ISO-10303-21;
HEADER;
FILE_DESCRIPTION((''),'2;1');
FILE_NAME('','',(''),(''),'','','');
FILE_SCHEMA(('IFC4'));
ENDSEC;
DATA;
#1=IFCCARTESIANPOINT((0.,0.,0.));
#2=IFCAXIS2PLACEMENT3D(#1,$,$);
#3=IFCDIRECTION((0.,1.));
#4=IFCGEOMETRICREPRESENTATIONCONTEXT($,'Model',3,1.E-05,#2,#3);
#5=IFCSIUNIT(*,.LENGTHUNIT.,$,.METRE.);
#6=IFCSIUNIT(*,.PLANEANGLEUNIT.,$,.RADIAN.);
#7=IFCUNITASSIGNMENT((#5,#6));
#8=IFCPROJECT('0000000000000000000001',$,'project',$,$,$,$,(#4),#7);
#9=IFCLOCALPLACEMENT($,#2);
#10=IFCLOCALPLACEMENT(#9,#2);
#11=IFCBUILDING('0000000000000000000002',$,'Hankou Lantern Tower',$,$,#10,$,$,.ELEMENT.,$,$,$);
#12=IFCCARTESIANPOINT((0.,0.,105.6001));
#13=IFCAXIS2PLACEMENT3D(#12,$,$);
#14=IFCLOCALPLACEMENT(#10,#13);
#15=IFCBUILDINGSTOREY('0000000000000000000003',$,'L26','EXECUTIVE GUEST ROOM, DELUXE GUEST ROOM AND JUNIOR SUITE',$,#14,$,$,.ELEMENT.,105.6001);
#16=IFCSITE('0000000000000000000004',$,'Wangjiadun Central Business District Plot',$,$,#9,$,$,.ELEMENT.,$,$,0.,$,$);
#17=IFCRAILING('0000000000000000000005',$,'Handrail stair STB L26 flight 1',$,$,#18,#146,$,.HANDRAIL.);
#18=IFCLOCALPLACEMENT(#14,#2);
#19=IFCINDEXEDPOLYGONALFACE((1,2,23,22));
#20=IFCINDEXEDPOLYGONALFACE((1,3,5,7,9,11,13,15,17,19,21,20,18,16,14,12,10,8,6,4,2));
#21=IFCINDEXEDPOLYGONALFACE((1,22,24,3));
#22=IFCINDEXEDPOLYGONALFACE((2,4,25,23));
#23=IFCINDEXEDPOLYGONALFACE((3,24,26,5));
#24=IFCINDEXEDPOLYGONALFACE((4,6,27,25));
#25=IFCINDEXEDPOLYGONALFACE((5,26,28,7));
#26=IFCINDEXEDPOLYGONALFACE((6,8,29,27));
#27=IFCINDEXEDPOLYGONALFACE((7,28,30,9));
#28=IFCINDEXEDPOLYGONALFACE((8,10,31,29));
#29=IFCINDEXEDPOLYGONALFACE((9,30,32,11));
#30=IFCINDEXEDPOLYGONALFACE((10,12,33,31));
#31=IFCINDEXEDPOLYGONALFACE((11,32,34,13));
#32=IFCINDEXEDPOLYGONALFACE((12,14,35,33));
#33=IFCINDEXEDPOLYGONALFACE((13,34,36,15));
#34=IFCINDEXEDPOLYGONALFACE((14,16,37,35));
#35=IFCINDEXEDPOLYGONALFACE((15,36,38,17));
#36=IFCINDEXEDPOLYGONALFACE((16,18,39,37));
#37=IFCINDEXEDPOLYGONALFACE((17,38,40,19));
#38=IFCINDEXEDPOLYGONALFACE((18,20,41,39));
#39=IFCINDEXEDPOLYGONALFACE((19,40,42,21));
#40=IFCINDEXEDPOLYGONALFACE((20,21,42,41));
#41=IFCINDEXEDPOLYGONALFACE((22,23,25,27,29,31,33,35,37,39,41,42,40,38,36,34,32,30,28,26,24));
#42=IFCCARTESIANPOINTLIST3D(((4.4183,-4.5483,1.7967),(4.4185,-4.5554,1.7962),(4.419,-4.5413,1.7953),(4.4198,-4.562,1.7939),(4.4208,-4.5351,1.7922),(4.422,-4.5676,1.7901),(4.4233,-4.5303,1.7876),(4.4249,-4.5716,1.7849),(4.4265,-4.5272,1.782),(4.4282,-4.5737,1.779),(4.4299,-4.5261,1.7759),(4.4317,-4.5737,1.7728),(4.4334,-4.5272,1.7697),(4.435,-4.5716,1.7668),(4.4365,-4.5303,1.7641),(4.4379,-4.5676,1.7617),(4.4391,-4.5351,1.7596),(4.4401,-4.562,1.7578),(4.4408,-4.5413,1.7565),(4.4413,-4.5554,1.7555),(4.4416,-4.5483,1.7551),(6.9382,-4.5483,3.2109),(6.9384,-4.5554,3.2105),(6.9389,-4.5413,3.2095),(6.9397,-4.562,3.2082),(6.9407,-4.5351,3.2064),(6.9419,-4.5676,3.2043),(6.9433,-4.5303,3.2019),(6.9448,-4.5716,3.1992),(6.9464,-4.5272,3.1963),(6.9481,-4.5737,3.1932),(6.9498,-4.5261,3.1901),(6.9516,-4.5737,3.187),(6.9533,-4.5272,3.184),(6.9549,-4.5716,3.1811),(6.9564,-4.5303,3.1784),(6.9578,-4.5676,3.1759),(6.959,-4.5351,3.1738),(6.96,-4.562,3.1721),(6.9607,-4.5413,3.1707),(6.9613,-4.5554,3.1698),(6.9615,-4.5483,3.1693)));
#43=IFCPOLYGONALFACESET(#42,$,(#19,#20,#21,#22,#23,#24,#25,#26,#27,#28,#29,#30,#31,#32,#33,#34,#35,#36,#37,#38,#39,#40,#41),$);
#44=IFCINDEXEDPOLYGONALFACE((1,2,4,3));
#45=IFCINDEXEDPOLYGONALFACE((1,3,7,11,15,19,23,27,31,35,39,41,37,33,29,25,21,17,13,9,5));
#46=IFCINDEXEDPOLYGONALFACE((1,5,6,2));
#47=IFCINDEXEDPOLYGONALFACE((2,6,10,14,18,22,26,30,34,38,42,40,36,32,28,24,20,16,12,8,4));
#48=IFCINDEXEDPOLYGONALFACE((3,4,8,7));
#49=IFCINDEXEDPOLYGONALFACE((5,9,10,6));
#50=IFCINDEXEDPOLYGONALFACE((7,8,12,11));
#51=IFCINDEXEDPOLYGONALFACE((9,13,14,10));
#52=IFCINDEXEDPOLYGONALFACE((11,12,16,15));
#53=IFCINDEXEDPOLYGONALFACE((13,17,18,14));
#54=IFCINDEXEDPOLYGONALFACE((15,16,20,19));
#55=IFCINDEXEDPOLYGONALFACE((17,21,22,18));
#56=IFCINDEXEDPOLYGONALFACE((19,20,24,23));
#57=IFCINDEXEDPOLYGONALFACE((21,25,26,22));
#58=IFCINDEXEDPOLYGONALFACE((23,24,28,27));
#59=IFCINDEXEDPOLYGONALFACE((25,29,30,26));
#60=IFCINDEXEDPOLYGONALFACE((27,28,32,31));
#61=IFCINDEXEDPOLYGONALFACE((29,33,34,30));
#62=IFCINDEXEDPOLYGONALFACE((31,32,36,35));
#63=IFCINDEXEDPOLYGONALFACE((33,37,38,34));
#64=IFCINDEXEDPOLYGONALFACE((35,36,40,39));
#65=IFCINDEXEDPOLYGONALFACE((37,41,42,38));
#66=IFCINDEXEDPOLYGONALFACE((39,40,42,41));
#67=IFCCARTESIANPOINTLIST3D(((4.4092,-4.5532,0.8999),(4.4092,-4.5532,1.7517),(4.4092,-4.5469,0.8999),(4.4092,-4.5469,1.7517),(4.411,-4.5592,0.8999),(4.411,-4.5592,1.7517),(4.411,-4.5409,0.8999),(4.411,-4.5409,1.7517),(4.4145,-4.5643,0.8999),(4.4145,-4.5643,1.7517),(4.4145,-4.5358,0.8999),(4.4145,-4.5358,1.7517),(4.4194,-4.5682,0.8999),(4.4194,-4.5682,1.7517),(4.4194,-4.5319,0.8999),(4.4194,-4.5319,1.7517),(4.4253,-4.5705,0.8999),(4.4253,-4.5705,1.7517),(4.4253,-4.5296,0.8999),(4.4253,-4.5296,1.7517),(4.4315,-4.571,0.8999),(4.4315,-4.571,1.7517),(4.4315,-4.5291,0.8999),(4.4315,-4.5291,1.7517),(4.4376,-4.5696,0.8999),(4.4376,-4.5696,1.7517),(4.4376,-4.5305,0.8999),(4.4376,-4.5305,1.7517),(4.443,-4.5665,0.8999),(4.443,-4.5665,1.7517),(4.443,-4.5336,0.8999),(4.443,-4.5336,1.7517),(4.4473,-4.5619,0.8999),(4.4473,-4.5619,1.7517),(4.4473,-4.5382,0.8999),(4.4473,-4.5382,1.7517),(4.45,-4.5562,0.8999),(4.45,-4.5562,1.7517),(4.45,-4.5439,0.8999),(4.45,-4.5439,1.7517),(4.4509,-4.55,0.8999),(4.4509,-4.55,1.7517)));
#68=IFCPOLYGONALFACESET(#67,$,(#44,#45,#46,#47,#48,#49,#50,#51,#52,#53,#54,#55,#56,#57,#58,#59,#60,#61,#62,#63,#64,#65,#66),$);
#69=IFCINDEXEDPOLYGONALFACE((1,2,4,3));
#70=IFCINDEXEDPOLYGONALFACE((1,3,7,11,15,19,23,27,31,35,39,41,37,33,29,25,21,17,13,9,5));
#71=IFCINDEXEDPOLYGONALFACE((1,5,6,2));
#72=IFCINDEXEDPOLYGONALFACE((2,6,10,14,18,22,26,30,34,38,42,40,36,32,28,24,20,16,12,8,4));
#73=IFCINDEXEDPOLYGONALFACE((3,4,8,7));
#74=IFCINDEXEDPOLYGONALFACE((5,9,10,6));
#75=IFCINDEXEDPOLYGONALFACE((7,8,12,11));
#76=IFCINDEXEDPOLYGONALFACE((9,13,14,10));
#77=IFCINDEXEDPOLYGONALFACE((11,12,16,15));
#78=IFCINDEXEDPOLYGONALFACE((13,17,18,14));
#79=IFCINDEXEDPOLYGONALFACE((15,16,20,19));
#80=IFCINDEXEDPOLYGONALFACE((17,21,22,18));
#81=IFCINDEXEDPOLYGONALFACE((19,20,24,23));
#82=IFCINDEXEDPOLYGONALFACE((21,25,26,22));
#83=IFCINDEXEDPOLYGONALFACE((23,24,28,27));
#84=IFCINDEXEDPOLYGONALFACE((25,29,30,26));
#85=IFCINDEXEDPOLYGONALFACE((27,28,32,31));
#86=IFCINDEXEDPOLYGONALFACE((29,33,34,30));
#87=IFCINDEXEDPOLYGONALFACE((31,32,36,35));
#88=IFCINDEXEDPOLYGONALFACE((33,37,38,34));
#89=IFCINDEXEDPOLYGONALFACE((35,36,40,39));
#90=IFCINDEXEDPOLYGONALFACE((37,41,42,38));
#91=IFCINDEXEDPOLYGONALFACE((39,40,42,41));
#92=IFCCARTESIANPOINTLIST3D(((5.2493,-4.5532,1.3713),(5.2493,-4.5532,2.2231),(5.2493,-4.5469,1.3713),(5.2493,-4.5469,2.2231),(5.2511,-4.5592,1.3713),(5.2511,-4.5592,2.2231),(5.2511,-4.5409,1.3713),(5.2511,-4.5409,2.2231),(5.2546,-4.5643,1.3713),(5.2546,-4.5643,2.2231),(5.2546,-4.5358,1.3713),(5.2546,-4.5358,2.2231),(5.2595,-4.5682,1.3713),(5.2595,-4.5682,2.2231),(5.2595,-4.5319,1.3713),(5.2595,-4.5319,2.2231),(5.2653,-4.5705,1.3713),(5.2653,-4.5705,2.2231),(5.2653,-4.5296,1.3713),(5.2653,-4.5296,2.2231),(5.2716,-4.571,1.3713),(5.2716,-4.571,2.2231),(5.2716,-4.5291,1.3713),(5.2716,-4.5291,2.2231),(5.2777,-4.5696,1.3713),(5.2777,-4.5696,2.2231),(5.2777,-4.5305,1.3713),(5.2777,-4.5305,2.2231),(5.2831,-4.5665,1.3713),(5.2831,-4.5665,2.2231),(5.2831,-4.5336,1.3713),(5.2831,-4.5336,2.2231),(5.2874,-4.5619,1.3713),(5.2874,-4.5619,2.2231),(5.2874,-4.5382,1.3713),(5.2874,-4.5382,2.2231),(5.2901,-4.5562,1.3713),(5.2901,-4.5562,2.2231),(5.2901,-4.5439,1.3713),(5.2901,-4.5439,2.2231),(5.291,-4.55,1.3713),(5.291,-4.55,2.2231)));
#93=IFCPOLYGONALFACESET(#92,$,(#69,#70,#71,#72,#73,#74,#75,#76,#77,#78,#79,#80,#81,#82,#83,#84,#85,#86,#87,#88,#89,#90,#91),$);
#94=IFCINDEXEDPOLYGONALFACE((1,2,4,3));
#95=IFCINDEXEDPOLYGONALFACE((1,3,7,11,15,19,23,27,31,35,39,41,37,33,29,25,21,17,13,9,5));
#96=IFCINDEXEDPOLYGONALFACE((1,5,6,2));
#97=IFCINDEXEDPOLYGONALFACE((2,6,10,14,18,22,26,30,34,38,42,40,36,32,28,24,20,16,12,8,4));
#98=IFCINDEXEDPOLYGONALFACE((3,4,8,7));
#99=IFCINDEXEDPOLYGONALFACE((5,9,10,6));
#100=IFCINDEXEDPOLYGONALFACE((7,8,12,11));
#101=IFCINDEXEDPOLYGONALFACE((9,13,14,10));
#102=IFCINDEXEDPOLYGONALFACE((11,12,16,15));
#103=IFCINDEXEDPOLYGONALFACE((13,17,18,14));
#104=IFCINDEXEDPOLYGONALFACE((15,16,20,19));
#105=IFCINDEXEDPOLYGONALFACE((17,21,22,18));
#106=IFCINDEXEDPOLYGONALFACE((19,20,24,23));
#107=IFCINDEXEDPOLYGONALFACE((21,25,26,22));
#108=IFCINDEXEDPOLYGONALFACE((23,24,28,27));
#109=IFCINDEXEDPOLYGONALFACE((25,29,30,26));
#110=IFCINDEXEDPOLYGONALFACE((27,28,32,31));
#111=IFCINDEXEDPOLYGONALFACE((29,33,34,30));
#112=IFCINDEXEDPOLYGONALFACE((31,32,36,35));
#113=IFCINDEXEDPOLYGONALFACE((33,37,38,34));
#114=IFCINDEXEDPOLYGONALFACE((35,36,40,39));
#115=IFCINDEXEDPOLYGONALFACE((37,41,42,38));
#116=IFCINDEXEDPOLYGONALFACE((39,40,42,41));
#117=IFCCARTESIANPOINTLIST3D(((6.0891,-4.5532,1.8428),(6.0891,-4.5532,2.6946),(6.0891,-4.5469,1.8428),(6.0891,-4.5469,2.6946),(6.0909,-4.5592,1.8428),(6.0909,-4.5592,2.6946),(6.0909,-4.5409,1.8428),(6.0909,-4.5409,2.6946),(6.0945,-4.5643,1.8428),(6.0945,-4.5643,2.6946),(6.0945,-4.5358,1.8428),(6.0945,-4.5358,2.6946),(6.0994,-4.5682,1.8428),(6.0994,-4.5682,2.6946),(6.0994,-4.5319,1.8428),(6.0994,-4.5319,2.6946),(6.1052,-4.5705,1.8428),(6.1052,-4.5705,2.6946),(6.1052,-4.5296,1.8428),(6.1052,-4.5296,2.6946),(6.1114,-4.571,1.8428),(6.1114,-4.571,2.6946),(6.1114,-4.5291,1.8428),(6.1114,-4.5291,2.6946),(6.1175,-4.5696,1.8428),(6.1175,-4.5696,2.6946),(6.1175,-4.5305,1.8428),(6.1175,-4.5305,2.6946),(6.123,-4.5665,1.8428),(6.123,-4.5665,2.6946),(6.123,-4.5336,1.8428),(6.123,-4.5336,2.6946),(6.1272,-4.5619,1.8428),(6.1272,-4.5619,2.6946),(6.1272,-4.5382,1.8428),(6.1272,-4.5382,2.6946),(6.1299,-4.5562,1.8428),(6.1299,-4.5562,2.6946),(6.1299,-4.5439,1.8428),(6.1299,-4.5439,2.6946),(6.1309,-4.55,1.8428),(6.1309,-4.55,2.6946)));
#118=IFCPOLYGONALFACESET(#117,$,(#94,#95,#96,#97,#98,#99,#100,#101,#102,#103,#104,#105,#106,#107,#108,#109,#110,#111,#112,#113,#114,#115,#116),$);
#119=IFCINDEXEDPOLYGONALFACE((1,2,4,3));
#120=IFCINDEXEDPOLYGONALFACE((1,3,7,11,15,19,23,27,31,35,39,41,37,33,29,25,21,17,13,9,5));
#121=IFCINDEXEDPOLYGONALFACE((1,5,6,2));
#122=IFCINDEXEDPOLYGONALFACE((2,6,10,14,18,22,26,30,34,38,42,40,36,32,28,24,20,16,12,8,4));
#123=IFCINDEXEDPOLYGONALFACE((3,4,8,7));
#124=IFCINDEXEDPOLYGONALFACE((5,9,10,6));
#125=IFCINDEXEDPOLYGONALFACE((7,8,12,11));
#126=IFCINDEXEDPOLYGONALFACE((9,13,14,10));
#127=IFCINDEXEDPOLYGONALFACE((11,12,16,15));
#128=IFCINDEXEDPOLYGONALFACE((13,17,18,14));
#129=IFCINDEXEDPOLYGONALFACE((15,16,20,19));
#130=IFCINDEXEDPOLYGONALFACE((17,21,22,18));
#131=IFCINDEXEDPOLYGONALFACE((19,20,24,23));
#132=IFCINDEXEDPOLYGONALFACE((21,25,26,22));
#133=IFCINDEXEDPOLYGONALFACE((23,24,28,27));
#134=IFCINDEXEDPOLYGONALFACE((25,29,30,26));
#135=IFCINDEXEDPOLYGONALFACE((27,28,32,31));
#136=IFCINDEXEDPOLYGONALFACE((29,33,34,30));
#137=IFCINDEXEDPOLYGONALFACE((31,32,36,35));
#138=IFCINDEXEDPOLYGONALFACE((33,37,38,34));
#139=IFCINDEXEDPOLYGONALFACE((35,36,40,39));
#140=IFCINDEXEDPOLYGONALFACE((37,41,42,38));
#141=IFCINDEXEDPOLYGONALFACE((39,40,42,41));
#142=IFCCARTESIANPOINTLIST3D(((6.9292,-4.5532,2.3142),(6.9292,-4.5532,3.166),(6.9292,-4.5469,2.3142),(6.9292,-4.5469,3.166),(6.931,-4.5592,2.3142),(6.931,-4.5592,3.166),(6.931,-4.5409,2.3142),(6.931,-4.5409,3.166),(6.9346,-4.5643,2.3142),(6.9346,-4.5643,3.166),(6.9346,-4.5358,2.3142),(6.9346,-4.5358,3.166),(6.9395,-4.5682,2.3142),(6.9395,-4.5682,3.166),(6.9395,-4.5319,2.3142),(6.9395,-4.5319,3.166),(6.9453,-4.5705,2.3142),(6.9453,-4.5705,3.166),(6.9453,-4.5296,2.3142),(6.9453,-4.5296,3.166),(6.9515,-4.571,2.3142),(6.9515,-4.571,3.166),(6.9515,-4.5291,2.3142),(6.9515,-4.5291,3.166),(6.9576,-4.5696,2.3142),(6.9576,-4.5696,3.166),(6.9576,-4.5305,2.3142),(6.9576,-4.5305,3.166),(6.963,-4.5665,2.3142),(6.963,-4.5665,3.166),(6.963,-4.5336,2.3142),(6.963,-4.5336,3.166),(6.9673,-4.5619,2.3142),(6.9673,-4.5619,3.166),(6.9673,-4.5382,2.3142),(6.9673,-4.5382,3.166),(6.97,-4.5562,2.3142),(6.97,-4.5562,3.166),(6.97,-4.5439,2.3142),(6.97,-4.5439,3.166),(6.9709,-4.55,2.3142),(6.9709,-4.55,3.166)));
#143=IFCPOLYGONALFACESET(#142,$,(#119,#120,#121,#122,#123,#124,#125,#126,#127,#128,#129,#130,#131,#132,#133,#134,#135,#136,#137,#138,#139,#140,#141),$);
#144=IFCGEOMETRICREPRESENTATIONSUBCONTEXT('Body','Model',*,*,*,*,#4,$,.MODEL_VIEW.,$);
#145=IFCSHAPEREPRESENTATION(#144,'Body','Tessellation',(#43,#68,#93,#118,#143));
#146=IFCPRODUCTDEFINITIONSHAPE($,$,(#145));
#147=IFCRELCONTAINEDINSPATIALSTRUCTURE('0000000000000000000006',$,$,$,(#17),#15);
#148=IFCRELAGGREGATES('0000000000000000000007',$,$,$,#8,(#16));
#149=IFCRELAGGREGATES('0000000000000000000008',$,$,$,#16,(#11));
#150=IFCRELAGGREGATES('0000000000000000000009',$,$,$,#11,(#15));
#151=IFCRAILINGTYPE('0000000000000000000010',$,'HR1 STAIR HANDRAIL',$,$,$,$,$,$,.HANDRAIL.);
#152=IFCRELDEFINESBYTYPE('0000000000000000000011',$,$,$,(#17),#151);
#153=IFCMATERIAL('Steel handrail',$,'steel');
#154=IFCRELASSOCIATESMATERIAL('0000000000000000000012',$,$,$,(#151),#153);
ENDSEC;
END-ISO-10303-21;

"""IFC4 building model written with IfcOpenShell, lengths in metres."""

from ifc_helpers import new_model, si_unit, direction, frame, origin, origin_2d, place, context, subcontext, project, spatial, circle, extrude, material, type_object, element, save


model = new_model("IFC4")

# Units and contexts
model_context = context("Model", 3, precision=1e-05, world=origin(), true_north=direction((0.0, 1.0)))
body_context = subcontext(model_context, "Body", "Model", "MODEL_VIEW")
ifc_project = project(units=[si_unit("LENGTHUNIT", "METRE"), si_unit("PLANEANGLEUNIT", "RADIAN")], contexts=[model_context])

# Site, building, storey
site_placement = place(None, origin())
site = spatial("IfcSite", under=ifc_project, at=site_placement, Name="Wangjiadun Central Business District Plot", CompositionType="ELEMENT", RefElevation=0.0)
building_placement = place(site_placement, origin())
building = spatial("IfcBuilding", under=site, at=building_placement, Name="Hankou Lantern Tower", CompositionType="ELEMENT")
storey_placement = place(building_placement, frame((0.0, 0.0, 105.6001)))
storey = spatial("IfcBuildingStorey", under=building, at=storey_placement, Name="L26", Description="EXECUTIVE GUEST ROOM, DELUXE GUEST ROOM AND JUNIOR SUITE", CompositionType="ELEMENT", Elevation=105.6001)

# Railing
ifc_material_1 = material(Name="Steel handrail", Category="steel")
railing_type = type_object("IfcRailingType", Name="HR1 STAIR HANDRAIL", PredefinedType="HANDRAIL", material=ifc_material_1)
railing_1_placement = place(storey_placement, frame((4.4299, -4.55, 0.8999)))
element("IfcRailing", 1, at=railing_1_placement, inside=storey, type_object=railing_type, Name="Handrail stair STB L26 flight 1", PredefinedType="HANDRAIL", context=body_context, shape_type="SweptSolid", body=[
    extrude(circle(Radius=0.0239, at=origin_2d()), frame((0.0, 0.0, 0.876), z_axis=(0.872049, 0.0, 0.489419), x_axis=(0.0, 1.0, 0.0)), (0.0, 0.0, 1.0), 2.8896),
    extrude(circle(Radius=0.021, at=origin_2d()), origin(), (0.0, 0.0, 1.0), 0.8518),
    extrude(circle(Radius=0.021, at=origin_2d()), frame((0.8401, 0.0, 0.4714)), (0.0, 0.0, 1.0), 0.8518),
    extrude(circle(Radius=0.021, at=origin_2d()), frame((1.6799, 0.0, 0.9429)), (0.0, 0.0, 1.0), 0.8518),
    extrude(circle(Radius=0.021, at=origin_2d()), frame((2.52, 0.0, 1.4143)), (0.0, 0.0, 1.0), 0.8518),
])

save(model, "model.ifc")
